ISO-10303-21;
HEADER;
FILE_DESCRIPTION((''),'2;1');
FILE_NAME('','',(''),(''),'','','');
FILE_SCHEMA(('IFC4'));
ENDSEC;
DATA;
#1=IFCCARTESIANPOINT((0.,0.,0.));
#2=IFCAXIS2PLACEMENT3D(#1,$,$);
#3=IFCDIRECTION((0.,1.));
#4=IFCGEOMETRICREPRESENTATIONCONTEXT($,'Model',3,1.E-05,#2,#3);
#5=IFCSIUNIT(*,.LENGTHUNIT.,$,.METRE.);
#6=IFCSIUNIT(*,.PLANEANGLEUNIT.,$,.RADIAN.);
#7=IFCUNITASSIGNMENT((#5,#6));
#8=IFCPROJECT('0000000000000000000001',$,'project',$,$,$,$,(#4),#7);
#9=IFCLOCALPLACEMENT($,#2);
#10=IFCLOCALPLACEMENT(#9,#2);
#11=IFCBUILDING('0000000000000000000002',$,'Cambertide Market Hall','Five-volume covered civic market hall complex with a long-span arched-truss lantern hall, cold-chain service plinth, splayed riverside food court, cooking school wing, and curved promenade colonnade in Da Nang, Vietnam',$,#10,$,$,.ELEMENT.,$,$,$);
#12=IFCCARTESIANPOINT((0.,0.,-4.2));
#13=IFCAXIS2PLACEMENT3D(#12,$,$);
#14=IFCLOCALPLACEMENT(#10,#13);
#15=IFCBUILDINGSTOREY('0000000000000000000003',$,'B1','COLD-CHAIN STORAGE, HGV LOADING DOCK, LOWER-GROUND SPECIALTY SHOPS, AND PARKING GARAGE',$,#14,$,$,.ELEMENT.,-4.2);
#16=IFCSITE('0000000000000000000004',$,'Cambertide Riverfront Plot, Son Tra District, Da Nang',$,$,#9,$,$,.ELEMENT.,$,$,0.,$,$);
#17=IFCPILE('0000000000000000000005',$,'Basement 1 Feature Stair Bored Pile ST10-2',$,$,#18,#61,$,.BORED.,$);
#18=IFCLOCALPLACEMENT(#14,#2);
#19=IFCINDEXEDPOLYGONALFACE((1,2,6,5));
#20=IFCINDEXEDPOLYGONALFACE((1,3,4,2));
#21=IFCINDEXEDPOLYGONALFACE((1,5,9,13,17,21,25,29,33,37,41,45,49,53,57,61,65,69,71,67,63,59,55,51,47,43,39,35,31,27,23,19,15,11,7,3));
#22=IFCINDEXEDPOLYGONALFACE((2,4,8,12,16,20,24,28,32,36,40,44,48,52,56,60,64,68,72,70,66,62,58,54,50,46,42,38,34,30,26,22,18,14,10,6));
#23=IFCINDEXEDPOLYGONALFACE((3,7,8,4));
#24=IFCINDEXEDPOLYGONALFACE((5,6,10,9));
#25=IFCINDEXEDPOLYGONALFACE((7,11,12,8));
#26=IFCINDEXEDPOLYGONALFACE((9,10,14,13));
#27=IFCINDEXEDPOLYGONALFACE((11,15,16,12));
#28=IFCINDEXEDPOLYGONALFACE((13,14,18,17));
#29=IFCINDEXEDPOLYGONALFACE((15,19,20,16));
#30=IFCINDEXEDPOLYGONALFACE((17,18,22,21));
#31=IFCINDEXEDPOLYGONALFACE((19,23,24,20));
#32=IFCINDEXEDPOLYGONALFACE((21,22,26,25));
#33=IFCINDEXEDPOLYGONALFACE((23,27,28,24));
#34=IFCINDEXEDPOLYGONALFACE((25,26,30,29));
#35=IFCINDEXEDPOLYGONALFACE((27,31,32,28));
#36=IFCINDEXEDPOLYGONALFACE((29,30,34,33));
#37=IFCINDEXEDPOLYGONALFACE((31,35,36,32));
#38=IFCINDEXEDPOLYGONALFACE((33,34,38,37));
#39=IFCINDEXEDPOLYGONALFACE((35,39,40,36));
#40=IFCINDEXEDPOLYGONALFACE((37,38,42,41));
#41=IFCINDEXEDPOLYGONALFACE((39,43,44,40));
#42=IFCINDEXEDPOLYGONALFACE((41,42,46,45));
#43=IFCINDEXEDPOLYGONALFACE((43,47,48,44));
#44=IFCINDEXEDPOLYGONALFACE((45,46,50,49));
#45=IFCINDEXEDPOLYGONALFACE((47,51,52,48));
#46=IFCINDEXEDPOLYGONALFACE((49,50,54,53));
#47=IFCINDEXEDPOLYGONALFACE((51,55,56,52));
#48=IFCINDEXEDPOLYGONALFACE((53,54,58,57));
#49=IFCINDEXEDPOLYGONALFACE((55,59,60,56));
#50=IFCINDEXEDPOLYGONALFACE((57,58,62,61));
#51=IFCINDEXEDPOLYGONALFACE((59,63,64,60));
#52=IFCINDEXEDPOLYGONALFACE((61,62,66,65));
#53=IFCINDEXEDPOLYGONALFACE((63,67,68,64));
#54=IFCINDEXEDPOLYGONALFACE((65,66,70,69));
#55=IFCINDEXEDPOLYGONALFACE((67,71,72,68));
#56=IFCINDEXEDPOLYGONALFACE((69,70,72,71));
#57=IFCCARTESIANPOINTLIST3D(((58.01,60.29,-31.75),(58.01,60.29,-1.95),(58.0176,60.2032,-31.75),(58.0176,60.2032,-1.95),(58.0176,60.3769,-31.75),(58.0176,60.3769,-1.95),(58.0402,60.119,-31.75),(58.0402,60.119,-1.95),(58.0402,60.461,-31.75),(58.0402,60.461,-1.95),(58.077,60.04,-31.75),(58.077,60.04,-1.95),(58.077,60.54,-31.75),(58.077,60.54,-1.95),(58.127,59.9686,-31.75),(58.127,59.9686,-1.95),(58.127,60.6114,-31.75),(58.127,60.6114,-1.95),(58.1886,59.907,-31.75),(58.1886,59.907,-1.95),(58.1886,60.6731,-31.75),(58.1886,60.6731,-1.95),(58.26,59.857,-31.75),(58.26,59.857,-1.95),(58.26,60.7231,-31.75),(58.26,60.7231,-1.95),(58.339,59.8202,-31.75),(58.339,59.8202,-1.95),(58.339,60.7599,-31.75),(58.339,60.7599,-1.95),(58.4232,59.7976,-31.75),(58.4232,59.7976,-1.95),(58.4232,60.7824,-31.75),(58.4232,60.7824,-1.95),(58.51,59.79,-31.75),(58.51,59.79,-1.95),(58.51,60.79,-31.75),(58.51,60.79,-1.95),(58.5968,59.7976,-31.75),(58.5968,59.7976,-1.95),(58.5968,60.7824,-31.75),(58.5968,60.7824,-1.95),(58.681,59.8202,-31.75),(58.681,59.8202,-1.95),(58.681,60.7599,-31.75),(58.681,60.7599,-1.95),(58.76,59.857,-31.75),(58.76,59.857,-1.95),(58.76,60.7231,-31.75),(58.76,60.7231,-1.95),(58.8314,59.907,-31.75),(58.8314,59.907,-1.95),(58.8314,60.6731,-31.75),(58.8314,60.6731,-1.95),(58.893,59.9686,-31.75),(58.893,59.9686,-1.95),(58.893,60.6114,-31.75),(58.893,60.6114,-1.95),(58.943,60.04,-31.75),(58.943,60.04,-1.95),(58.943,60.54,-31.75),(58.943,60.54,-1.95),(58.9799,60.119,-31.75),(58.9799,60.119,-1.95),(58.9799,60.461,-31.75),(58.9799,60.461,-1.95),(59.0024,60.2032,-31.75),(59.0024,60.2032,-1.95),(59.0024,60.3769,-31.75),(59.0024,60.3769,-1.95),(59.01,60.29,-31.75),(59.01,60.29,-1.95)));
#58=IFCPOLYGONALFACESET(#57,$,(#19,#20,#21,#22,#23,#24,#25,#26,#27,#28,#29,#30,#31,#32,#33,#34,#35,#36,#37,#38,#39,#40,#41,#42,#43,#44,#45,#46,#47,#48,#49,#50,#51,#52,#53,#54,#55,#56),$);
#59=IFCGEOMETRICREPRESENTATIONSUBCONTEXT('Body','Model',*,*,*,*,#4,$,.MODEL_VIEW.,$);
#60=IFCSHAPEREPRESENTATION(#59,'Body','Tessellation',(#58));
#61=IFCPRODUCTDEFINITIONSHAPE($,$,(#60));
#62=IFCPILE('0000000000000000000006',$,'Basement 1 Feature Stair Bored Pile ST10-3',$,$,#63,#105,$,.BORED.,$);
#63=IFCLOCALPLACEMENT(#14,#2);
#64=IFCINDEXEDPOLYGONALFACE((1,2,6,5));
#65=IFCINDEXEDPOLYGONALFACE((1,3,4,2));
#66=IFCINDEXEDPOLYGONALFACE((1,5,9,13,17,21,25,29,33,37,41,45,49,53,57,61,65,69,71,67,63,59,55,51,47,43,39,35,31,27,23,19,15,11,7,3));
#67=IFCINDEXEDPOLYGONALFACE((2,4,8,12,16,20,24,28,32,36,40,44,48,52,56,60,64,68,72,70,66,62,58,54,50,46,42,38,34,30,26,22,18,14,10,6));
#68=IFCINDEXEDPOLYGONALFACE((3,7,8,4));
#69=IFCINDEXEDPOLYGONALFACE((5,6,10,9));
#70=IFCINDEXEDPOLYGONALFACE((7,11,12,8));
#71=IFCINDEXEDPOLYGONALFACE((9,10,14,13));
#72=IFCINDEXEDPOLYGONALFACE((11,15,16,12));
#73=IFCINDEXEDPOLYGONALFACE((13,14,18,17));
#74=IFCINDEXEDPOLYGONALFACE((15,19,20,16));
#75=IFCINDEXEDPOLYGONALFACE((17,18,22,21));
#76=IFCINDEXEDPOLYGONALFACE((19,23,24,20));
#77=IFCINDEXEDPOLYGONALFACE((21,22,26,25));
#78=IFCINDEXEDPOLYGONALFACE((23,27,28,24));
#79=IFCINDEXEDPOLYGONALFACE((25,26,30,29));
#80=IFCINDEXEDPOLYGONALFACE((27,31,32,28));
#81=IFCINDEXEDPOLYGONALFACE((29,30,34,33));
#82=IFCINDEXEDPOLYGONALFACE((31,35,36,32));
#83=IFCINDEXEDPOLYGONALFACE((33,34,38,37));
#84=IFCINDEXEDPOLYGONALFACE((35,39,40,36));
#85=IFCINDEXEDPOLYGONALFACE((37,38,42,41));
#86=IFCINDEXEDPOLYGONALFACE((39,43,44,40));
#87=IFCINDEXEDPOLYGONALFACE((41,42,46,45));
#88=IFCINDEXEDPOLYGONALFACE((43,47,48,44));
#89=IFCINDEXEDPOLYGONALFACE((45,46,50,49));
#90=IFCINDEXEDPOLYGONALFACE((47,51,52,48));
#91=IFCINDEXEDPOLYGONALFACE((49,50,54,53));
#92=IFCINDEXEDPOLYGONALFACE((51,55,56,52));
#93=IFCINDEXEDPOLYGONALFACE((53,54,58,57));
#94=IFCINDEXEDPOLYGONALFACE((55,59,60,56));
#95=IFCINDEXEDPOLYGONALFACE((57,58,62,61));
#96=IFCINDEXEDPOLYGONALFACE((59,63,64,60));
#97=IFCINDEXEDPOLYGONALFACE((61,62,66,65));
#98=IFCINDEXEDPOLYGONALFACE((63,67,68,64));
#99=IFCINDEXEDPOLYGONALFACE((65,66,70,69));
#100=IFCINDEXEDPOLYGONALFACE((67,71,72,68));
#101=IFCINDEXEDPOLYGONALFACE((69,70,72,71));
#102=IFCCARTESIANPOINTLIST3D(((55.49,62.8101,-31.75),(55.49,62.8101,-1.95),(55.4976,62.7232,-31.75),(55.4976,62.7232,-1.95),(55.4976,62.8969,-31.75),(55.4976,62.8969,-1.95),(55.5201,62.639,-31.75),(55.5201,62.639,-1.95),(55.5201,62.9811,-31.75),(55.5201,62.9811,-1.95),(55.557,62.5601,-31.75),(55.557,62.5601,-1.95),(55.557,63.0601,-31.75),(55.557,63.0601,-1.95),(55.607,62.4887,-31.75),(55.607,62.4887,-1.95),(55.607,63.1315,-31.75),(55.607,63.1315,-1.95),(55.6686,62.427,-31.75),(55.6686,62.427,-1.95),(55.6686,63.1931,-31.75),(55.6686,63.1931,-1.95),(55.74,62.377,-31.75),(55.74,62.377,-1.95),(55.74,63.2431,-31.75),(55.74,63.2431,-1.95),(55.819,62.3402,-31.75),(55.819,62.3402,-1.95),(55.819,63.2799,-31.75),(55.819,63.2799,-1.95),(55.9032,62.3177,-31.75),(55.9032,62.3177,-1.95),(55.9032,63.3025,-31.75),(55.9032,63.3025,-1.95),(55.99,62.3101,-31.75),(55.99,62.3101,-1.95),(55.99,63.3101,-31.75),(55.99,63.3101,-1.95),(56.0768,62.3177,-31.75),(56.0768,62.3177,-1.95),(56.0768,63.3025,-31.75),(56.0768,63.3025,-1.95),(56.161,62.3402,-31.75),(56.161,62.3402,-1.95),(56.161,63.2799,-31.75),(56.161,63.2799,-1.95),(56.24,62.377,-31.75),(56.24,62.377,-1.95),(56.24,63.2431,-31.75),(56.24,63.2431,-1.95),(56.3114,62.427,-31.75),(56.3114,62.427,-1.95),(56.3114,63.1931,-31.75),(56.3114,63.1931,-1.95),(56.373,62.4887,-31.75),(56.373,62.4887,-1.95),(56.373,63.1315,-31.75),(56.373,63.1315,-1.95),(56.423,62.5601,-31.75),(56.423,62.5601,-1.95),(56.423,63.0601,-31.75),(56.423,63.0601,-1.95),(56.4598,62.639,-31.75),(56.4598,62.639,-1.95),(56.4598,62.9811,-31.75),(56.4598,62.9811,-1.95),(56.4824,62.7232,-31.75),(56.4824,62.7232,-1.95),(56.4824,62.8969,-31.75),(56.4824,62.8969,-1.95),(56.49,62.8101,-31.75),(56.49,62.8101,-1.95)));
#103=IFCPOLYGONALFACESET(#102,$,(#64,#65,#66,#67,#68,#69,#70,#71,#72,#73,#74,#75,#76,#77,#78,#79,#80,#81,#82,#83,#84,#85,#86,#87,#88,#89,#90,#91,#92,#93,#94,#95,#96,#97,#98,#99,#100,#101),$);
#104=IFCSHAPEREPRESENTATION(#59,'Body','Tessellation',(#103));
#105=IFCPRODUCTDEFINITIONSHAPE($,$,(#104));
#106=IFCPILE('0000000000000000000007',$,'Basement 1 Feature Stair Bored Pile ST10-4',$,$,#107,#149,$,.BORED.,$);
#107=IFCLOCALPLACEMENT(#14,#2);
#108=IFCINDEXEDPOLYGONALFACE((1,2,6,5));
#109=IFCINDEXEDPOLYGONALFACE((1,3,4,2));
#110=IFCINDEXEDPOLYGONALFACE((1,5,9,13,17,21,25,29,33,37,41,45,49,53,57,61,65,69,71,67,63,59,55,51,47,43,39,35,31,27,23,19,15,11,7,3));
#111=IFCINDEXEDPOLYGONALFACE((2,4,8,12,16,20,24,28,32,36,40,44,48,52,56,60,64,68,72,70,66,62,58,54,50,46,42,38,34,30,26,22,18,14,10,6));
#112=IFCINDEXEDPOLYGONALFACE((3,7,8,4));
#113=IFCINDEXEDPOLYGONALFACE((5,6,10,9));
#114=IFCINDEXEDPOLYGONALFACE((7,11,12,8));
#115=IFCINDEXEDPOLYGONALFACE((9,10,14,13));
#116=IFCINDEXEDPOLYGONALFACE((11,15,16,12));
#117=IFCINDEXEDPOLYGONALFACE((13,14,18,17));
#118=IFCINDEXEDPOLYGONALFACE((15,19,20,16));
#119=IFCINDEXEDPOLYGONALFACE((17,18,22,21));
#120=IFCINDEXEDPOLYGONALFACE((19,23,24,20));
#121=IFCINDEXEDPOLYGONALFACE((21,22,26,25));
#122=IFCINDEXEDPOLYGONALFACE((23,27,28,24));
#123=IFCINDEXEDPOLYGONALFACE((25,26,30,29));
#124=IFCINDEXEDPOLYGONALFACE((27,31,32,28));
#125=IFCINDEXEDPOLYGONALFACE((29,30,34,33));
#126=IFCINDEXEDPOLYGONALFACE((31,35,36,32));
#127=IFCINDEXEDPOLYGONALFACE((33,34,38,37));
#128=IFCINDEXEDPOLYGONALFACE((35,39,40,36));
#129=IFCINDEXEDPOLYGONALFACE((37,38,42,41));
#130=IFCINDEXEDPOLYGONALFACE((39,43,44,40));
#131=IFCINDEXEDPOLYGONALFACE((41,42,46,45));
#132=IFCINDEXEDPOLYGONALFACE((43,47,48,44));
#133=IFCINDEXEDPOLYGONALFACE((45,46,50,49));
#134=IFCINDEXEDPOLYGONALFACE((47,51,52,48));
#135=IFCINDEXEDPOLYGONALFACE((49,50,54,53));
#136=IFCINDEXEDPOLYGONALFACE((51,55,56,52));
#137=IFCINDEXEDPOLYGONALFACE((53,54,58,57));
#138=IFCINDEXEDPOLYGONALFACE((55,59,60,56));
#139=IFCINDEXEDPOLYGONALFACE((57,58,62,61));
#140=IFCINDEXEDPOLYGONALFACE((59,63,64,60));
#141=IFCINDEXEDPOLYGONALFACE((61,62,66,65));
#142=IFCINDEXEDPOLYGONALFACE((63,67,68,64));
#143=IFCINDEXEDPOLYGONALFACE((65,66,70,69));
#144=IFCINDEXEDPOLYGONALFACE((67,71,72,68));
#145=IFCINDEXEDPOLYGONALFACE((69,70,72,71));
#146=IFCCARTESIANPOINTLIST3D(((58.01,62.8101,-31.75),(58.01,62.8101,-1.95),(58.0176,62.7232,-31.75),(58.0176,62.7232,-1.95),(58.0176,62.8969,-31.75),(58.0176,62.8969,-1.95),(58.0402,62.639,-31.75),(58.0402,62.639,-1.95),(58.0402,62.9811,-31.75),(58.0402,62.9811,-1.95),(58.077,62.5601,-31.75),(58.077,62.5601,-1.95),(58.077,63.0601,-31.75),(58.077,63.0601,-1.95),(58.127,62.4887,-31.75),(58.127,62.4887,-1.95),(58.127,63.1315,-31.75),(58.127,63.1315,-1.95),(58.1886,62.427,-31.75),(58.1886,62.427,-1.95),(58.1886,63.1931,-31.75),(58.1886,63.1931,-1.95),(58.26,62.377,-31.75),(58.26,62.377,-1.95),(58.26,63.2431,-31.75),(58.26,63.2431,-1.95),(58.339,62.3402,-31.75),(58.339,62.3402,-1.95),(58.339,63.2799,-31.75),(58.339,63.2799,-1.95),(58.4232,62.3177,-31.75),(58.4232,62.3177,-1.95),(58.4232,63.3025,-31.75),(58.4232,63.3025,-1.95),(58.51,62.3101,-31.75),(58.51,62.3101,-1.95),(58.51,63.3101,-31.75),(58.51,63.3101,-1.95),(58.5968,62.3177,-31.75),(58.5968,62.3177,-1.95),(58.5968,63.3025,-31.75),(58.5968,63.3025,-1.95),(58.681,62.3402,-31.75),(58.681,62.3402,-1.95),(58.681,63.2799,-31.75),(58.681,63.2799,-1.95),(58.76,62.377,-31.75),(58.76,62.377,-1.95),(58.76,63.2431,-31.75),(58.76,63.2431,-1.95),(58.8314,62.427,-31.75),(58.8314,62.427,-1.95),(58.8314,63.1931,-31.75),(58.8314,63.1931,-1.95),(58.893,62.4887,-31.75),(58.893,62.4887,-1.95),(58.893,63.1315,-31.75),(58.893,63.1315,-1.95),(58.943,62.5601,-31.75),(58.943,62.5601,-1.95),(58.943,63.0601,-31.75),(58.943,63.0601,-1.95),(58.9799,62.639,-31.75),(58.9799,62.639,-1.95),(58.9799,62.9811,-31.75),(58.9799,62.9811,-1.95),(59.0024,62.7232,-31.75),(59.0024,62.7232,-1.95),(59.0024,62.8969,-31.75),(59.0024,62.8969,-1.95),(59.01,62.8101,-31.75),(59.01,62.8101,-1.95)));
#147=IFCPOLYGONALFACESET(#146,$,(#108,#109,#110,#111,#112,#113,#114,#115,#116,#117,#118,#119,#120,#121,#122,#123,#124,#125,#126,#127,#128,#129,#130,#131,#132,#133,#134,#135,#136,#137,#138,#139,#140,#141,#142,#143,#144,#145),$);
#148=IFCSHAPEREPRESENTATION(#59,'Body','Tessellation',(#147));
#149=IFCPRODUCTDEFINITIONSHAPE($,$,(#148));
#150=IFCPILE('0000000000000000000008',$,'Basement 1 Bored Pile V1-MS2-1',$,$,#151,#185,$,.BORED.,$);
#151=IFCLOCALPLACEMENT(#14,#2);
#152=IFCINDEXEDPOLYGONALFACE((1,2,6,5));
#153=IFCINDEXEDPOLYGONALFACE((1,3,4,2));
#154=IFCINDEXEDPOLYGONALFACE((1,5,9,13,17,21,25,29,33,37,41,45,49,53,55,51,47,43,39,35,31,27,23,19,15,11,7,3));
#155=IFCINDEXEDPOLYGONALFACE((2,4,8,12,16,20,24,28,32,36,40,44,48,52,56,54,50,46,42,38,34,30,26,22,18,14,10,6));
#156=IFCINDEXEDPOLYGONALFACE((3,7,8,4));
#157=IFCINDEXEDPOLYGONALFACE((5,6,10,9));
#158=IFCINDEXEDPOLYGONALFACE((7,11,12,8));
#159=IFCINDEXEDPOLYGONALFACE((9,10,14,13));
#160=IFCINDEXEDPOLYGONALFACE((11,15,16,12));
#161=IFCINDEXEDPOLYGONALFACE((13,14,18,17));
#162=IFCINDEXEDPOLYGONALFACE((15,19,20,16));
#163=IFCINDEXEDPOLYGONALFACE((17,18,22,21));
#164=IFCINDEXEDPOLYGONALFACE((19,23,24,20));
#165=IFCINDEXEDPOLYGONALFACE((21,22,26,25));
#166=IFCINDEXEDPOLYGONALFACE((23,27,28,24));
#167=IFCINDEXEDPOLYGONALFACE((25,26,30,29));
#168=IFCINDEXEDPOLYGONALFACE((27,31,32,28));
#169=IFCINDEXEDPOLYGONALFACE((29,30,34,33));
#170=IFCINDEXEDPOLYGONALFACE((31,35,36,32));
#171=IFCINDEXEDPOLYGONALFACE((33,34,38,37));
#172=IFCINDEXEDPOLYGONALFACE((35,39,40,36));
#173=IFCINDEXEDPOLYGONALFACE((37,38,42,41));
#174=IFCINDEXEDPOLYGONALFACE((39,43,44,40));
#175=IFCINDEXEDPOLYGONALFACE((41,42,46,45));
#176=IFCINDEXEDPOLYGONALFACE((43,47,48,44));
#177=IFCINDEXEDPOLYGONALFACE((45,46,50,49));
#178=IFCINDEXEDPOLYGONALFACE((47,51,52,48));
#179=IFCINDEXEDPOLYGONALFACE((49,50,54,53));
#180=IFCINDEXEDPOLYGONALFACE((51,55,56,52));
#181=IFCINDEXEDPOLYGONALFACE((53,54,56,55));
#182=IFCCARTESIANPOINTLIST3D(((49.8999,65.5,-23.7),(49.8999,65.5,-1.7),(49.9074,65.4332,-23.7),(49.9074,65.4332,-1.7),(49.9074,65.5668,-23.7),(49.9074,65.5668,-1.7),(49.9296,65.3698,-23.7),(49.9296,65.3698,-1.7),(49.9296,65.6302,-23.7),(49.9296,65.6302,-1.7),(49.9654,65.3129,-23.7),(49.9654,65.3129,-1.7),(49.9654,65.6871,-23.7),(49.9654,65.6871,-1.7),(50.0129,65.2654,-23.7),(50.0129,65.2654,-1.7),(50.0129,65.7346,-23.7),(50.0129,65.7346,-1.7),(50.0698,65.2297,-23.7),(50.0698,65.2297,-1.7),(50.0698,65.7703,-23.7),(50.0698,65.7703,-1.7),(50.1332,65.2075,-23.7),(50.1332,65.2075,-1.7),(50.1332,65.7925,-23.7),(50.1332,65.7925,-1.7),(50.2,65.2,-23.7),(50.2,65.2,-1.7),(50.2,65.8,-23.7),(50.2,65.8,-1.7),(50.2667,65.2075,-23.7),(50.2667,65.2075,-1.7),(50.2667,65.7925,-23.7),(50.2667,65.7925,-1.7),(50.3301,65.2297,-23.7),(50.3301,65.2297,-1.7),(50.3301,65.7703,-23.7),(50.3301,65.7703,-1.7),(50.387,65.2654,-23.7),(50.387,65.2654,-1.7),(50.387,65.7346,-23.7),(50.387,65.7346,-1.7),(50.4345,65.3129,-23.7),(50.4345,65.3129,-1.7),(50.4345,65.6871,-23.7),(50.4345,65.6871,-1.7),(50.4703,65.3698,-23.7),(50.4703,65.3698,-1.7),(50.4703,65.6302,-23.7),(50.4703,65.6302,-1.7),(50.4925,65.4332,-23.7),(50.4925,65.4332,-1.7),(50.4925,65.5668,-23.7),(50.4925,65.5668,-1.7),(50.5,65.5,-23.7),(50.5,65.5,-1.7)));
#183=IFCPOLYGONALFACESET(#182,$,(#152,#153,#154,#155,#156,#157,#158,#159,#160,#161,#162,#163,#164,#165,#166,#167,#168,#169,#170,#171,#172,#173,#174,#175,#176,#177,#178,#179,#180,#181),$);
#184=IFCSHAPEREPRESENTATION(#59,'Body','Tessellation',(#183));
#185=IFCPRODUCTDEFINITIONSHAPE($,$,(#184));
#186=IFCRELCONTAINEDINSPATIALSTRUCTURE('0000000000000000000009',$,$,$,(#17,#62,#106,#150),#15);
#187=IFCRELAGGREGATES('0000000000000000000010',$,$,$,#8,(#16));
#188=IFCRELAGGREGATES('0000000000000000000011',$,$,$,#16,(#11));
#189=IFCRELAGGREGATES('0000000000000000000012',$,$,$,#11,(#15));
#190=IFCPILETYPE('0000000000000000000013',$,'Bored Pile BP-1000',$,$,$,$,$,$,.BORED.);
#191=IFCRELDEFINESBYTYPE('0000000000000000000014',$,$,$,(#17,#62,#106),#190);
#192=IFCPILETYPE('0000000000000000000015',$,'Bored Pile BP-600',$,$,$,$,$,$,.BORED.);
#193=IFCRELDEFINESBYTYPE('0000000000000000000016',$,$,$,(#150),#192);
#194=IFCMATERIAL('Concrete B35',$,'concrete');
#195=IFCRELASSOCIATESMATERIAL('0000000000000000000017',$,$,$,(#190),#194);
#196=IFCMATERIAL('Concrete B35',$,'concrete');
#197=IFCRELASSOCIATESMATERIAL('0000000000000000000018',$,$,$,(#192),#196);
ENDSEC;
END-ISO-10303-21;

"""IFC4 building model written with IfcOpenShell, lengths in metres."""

from ifc_helpers import new_model, si_unit, direction, frame, origin, origin_2d, place, context, subcontext, project, spatial, circle, extrude, material, material_profile, profile_set, type_object, element, save


model = new_model("IFC4")

# Units and contexts
model_context = context("Model", 3, precision=1e-05, world=origin(), true_north=direction((0.0, 1.0)))
body_context = subcontext(model_context, "Body", "Model", "MODEL_VIEW")
ifc_project = project(units=[si_unit("LENGTHUNIT", "METRE"), si_unit("PLANEANGLEUNIT", "RADIAN")], contexts=[model_context])

# Site, building, storey
site_placement = place(None, origin())
site = spatial("IfcSite", under=ifc_project, at=site_placement, Name="Cambertide Riverfront Plot, Son Tra District, Da Nang", CompositionType="ELEMENT", RefElevation=0.0)
building_placement = place(site_placement, origin())
building = spatial("IfcBuilding", under=site, at=building_placement, Name="Cambertide Market Hall", Description="Five-volume covered civic market hall complex with a long-span arched-truss lantern hall, cold-chain service plinth, splayed riverside food court, cooking school wing, and curved promenade colonnade in Da Nang, Vietnam", CompositionType="ELEMENT")
storey_placement = place(building_placement, frame((0.0, 0.0, -4.2)))
storey = spatial("IfcBuildingStorey", under=building, at=storey_placement, Name="B1", Description="COLD-CHAIN STORAGE, HGV LOADING DOCK, LOWER-GROUND SPECIALTY SHOPS, AND PARKING GARAGE", CompositionType="ELEMENT", Elevation=-4.2)

# Piles
ifc_material_1 = material(Name="Concrete B35", Category="concrete")
ifc_material_profile_1 = material_profile(ifc_material_1, circle(Radius=0.5, at=origin_2d()), Name="BP D1000")
ifc_profile_set_1 = profile_set([ifc_material_profile_1], Name="Concrete B35")
pile_type_1 = type_object("IfcPileType", Name="Bored Pile BP-1000", PredefinedType="BORED", material=ifc_profile_set_1)
for number, where, z_axis, x_axis, name in (
    (1, (58.51, 60.29, -1.95), (0.0, 0.0, -1.0), (1.0, 0.0, 0.0), "Basement 1 Feature Stair Bored Pile ST10-2"),
    (2, (55.99, 62.8101, -1.95), (0.0, 0.0, -1.0), (1.0, 0.0, 0.0), "Basement 1 Feature Stair Bored Pile ST10-3"),
    (3, (58.51, 62.8101, -1.95), (0.0, 0.0, -1.0), (1.0, 0.0, 0.0), "Basement 1 Feature Stair Bored Pile ST10-4"),
):
    element("IfcPile", number, at=place(storey_placement, frame(where, z_axis=z_axis, x_axis=x_axis)), inside=storey, type_object=pile_type_1, Name=name, PredefinedType="BORED", context=body_context, shape_type="SweptSolid", body=[
        extrude(circle(Radius=0.5, at=origin_2d()), origin(), (0.0, 0.0, 1.0), 29.8),
    ])
ifc_material_2 = material(Name="Concrete B35", Category="concrete")
ifc_material_profile_2 = material_profile(ifc_material_2, circle(Radius=0.3, at=origin_2d()), Name="BP D600")
ifc_profile_set_2 = profile_set([ifc_material_profile_2], Name="Concrete B35")
pile_type_2 = type_object("IfcPileType", Name="Bored Pile BP-600", PredefinedType="BORED", material=ifc_profile_set_2)
for number, where, z_axis, x_axis, name in (
    (4, (50.2, 65.5, -1.7), (0.0, 0.0, -1.0), (1.0, 0.0, 0.0), "Basement 1 Bored Pile V1-MS2-1"),
):
    element("IfcPile", number, at=place(storey_placement, frame(where, z_axis=z_axis, x_axis=x_axis)), inside=storey, type_object=pile_type_2, Name=name, PredefinedType="BORED", context=body_context, shape_type="SweptSolid", body=[
        extrude(circle(Radius=0.3, at=origin_2d()), origin(), (0.0, 0.0, 1.0), 22.0),
    ])

save(model, "model.ifc")
